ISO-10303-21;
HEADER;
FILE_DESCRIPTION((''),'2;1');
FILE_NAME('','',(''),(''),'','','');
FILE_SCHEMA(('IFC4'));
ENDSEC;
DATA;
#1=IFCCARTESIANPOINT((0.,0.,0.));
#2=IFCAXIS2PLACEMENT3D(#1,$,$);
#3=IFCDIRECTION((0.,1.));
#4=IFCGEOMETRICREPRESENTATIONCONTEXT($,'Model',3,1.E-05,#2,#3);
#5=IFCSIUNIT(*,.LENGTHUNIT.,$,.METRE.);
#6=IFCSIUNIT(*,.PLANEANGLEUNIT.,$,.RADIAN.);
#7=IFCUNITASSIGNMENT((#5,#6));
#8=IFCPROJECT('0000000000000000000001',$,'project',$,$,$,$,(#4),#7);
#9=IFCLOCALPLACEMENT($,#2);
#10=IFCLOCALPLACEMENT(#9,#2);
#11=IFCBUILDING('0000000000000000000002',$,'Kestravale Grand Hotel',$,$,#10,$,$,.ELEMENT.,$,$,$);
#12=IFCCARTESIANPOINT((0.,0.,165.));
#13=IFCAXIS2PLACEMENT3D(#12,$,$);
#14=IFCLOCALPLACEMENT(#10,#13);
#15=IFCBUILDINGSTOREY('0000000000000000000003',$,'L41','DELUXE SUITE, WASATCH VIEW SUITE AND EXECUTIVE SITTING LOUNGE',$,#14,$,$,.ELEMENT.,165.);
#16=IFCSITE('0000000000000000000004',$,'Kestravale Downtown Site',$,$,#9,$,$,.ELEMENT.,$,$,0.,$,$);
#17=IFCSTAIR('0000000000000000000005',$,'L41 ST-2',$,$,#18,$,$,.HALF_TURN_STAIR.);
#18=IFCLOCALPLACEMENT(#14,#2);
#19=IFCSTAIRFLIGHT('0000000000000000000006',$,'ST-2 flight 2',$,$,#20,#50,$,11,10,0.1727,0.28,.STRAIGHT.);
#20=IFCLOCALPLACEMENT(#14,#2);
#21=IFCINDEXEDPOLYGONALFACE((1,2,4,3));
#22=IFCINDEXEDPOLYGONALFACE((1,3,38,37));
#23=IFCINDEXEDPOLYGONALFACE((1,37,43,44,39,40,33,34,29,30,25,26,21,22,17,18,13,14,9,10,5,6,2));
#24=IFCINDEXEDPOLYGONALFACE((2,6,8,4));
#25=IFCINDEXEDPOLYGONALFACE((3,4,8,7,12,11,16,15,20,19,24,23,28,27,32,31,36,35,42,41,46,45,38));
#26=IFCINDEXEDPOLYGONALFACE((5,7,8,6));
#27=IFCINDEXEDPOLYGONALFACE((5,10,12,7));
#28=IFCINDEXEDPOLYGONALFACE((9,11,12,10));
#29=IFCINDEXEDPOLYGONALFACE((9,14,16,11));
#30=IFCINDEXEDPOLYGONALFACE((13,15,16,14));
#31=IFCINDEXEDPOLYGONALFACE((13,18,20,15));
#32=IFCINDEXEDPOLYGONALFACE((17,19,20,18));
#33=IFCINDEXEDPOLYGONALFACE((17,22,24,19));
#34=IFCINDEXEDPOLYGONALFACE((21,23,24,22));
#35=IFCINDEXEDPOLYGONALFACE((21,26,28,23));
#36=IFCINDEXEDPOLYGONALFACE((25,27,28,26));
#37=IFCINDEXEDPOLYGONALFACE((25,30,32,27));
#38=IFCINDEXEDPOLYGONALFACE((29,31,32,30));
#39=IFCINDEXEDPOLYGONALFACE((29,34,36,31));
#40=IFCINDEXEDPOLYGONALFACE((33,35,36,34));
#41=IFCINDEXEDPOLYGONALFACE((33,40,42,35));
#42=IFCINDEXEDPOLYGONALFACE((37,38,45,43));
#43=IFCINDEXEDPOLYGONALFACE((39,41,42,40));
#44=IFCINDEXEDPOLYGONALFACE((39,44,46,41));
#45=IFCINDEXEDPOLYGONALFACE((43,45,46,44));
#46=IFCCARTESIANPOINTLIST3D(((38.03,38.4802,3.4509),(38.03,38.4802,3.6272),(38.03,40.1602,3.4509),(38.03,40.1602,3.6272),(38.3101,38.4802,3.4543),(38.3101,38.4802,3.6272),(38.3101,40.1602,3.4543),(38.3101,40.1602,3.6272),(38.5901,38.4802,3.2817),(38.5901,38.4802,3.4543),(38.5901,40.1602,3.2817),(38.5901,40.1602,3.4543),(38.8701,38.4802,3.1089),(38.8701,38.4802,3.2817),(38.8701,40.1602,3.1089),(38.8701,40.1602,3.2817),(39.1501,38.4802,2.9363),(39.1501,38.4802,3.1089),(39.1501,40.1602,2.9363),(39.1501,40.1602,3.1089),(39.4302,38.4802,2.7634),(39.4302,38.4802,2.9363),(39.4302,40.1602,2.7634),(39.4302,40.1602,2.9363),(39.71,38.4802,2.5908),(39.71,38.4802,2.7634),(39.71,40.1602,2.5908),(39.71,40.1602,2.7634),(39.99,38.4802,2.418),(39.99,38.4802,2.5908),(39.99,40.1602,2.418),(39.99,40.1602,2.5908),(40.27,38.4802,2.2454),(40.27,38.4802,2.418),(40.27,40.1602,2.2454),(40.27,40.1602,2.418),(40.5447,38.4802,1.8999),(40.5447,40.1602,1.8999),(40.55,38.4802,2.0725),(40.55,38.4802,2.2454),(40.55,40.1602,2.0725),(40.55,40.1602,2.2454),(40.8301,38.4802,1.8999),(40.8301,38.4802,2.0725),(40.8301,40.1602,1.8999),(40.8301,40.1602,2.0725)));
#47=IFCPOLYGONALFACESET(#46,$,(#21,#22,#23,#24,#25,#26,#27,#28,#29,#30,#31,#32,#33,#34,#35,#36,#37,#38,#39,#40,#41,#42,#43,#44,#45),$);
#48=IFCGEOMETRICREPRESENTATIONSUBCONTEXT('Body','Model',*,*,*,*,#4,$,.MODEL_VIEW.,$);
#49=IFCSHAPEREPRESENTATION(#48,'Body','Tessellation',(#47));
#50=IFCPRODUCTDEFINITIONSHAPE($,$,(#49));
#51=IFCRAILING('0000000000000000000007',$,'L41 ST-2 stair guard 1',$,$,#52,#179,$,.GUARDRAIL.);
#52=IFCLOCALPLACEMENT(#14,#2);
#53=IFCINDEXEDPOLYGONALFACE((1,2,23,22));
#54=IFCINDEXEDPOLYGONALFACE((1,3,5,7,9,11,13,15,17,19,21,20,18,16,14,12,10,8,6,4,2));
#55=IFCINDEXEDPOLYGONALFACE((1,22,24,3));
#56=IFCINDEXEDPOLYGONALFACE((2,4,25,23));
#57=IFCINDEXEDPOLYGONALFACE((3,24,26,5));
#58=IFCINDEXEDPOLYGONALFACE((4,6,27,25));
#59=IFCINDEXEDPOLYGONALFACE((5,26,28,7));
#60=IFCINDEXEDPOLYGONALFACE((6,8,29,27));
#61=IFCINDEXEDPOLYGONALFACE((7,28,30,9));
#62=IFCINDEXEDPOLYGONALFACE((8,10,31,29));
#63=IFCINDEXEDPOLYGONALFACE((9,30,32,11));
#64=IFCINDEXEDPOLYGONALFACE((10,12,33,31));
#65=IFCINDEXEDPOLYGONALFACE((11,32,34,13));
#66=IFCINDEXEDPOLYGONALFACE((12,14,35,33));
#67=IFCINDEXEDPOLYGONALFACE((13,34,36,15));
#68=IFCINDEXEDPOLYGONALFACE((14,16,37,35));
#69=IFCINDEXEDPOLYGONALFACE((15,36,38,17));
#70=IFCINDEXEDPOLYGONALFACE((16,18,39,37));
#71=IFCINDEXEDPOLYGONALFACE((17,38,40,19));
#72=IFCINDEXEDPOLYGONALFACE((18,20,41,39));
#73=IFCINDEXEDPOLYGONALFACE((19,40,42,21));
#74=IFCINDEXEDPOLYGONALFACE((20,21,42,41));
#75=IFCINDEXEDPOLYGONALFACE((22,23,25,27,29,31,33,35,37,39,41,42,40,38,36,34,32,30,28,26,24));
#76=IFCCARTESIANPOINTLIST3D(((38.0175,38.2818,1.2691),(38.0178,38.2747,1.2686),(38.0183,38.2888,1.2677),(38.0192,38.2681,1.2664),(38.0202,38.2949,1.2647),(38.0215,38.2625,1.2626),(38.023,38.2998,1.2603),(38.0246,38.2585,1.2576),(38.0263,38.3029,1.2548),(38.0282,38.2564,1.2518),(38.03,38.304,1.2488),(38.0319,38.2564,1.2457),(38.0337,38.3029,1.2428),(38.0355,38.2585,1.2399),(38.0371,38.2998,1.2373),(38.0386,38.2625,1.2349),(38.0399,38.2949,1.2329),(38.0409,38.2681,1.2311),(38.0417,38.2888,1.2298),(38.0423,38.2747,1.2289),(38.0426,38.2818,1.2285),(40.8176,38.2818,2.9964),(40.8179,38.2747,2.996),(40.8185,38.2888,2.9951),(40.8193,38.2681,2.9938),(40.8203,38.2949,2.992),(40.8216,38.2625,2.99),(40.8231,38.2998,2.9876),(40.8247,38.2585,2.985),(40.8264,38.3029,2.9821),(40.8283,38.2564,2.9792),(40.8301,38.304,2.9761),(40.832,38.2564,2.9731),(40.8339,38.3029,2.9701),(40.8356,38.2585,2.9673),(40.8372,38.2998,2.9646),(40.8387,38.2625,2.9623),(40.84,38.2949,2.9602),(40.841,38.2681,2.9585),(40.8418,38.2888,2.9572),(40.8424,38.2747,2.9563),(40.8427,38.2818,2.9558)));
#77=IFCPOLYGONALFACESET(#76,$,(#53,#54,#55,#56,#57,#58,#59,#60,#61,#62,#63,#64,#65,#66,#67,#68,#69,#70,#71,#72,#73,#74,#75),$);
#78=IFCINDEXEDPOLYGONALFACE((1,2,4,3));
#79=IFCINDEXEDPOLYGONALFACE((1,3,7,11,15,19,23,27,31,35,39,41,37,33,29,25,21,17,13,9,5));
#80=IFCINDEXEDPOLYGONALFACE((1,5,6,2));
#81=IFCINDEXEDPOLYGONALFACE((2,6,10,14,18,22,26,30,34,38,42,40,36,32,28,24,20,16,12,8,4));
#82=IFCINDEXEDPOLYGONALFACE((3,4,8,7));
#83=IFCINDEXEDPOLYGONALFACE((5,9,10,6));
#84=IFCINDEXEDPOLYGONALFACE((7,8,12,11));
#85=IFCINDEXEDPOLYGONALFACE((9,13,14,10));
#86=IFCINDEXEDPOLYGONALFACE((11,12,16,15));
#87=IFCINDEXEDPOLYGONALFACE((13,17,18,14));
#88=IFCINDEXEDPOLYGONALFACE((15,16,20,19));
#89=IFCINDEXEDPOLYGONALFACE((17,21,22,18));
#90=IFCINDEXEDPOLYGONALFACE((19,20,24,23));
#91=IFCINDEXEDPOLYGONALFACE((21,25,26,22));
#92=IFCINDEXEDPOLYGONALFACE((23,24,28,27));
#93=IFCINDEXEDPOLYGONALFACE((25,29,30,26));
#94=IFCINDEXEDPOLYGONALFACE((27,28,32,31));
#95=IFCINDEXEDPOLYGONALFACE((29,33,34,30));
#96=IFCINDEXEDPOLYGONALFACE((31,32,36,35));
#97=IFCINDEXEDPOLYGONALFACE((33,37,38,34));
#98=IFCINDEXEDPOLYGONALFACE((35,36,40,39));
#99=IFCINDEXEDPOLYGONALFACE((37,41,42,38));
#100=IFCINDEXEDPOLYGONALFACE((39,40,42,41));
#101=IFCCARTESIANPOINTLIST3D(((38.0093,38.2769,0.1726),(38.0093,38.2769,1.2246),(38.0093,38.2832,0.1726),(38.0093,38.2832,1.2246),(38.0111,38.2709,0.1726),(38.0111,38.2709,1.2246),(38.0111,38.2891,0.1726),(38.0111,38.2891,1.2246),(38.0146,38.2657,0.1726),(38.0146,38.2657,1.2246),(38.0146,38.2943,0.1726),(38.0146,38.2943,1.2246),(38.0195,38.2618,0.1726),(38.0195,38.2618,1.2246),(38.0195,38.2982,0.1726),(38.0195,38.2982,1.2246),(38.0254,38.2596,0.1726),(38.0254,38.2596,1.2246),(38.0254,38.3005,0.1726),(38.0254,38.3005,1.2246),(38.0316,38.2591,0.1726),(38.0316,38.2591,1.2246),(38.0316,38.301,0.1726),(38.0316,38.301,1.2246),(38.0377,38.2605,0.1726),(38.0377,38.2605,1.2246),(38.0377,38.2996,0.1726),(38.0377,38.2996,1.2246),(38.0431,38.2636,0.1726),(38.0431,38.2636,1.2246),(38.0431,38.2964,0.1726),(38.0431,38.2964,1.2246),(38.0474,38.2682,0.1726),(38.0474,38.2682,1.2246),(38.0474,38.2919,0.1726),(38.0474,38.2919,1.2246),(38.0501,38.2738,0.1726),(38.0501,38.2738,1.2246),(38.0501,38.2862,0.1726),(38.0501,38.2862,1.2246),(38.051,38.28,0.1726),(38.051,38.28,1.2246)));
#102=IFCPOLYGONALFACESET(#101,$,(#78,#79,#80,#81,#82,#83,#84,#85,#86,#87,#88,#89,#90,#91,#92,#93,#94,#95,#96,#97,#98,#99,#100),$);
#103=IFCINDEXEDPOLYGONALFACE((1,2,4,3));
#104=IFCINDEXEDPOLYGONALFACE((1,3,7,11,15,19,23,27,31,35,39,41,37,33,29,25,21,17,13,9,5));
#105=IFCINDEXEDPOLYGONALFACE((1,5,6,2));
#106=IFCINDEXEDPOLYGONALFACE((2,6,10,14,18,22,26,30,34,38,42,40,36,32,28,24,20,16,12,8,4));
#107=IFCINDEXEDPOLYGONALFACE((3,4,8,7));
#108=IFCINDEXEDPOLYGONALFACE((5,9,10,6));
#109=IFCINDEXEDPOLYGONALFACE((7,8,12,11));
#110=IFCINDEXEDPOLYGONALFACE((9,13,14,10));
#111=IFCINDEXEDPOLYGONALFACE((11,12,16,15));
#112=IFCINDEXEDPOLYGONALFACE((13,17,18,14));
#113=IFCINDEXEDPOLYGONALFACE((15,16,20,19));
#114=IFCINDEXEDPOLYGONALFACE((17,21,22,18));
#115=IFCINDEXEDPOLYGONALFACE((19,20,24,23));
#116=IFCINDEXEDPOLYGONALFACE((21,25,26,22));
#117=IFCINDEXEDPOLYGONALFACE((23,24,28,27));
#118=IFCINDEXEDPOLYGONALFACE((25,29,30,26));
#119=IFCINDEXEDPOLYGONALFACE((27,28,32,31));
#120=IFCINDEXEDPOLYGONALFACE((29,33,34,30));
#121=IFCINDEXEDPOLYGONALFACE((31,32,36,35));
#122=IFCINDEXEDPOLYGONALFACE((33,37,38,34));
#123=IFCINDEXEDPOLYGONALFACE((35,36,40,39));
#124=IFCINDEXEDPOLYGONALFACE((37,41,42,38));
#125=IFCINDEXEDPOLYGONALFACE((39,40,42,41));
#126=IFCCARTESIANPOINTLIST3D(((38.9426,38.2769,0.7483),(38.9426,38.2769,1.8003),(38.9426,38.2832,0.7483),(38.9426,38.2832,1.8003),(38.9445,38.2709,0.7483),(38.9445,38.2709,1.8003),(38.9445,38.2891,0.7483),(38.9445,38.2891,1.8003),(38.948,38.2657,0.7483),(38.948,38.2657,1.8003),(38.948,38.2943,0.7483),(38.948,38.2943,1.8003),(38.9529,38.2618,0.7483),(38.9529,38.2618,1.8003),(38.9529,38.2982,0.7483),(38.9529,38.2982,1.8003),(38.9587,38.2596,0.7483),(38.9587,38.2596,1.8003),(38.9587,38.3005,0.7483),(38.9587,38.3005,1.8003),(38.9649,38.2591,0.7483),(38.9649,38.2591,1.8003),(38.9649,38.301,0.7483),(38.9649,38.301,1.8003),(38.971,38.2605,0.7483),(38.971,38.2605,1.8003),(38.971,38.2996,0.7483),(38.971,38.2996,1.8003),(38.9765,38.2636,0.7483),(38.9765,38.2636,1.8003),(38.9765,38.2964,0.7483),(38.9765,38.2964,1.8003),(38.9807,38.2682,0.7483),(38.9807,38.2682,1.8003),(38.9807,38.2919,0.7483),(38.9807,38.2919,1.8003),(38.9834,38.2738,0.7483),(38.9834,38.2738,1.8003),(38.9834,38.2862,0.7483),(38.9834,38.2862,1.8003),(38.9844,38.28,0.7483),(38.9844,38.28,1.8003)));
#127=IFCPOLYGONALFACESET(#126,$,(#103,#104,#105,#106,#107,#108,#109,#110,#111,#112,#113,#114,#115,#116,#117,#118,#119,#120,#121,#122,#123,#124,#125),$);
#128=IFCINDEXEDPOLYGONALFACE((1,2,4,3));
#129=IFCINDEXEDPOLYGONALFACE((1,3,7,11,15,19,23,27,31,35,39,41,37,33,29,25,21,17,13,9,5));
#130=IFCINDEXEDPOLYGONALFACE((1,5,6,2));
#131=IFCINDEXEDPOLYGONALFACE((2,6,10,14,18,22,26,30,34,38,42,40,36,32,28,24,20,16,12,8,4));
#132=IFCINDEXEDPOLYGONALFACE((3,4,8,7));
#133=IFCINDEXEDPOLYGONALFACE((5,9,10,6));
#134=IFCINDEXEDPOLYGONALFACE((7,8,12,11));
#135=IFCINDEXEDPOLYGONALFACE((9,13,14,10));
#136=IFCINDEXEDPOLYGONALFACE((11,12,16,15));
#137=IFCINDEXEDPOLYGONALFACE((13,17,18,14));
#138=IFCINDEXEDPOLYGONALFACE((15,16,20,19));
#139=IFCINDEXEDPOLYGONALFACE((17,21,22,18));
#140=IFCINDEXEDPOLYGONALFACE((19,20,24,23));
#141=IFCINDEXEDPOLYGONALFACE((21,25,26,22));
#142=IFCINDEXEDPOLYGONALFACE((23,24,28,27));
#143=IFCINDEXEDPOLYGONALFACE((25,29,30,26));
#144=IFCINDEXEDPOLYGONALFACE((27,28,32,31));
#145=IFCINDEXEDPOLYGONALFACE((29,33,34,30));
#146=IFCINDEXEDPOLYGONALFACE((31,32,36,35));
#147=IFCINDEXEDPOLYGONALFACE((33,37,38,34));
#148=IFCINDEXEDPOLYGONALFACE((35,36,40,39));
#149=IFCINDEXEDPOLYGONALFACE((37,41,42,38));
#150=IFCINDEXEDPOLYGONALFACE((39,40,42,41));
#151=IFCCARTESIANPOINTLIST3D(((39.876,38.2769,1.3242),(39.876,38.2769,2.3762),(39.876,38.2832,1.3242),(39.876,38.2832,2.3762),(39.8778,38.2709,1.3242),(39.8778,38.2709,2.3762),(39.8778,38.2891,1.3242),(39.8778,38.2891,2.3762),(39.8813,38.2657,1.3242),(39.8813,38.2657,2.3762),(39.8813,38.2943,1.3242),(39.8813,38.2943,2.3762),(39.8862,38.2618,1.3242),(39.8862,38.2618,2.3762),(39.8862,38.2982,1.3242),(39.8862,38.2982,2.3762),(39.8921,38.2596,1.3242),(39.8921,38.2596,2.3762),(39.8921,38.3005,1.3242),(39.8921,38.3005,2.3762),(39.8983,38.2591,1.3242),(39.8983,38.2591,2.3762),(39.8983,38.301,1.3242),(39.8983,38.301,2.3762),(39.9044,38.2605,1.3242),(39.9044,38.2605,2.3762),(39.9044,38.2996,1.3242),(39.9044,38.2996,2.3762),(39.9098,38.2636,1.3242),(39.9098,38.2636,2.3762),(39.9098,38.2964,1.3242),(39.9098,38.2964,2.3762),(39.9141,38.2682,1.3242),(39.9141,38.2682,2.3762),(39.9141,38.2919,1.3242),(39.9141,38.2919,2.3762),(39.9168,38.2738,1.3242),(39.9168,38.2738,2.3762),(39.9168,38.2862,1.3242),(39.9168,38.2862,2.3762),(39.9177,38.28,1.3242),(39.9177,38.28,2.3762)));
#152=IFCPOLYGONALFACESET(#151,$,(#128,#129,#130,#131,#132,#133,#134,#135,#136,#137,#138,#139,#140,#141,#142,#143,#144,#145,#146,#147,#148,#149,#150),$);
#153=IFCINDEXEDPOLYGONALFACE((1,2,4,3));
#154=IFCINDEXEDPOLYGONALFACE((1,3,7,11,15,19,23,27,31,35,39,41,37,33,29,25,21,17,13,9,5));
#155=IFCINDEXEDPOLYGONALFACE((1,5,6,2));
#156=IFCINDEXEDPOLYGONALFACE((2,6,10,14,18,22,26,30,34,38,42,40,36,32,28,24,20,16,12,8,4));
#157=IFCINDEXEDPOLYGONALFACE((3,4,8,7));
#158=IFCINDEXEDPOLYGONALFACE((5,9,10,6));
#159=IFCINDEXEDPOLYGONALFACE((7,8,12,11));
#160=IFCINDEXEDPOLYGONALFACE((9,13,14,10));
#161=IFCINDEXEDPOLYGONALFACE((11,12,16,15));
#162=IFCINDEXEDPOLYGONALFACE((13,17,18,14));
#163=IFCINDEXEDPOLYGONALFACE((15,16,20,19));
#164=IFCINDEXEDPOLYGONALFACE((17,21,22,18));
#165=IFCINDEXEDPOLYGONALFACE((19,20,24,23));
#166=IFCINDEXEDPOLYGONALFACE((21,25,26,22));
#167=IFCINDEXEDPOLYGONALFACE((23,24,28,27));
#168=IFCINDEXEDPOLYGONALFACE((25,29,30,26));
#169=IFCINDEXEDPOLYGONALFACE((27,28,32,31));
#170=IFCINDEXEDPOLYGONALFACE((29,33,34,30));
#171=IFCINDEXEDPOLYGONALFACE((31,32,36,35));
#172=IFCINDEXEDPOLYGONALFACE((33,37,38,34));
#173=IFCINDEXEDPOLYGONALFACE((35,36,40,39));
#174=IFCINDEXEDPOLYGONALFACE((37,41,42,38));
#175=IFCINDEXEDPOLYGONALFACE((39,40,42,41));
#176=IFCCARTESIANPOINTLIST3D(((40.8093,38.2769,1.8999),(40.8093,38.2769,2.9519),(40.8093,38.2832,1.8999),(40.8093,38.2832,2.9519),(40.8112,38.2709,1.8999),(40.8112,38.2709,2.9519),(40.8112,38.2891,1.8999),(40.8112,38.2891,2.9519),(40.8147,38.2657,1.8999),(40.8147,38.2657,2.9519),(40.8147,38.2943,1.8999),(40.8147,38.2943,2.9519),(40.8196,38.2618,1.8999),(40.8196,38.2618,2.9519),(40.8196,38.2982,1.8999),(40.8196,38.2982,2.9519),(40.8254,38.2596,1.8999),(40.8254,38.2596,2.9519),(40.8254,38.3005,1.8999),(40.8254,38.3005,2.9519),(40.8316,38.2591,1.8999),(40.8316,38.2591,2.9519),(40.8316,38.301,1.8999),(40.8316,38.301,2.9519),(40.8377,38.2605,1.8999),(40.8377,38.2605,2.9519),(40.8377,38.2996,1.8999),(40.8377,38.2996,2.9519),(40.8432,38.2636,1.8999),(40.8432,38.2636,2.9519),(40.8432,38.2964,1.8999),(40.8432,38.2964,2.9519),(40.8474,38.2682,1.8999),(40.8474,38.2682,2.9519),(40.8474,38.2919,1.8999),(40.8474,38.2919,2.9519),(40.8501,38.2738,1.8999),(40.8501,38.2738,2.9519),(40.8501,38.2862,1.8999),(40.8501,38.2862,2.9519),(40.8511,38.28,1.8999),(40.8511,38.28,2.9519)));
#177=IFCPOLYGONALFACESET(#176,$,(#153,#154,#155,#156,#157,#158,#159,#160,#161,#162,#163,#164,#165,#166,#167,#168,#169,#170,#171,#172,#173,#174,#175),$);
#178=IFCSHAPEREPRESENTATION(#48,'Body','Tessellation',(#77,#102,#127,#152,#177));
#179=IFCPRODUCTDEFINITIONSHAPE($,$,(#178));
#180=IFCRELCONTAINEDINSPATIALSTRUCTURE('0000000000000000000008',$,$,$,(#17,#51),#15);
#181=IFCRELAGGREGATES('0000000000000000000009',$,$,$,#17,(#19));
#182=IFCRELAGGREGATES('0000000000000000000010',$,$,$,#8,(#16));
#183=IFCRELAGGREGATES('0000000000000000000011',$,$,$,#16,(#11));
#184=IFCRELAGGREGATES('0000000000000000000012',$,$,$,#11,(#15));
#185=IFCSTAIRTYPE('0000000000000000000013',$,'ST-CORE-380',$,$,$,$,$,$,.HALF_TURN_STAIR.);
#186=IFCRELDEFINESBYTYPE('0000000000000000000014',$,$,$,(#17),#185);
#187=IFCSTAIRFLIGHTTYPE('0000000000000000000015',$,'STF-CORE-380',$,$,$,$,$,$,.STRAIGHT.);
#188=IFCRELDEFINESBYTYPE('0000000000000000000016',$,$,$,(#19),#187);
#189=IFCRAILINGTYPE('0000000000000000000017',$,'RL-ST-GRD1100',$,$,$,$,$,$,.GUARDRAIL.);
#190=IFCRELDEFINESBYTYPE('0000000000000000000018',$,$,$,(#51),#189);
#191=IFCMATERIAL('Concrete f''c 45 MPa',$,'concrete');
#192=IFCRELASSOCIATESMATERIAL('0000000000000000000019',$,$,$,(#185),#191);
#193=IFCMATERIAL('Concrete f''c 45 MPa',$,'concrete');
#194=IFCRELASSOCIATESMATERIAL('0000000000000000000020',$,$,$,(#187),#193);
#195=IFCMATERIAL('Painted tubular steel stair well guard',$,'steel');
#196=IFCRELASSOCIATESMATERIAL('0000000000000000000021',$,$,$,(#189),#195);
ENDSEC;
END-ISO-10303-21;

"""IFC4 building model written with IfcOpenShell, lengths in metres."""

from ifc_helpers import new_model, si_unit, direction, frame, origin, origin_2d, place, context, subcontext, project, spatial, polyline, circle, outline, extrude, material, type_object, element, aggregate, save


model = new_model("IFC4")

# Units and contexts
model_context = context("Model", 3, precision=1e-05, world=origin(), true_north=direction((0.0, 1.0)))
body_context = subcontext(model_context, "Body", "Model", "MODEL_VIEW")
ifc_project = project(units=[si_unit("LENGTHUNIT", "METRE"), si_unit("PLANEANGLEUNIT", "RADIAN")], contexts=[model_context])

# Site, building, storey
site_placement = place(None, origin())
site = spatial("IfcSite", under=ifc_project, at=site_placement, Name="Kestravale Downtown Site", CompositionType="ELEMENT", RefElevation=0.0)
building_placement = place(site_placement, origin())
building = spatial("IfcBuilding", under=site, at=building_placement, Name="Kestravale Grand Hotel", CompositionType="ELEMENT")
storey_placement = place(building_placement, frame((0.0, 0.0, 165.0)))
storey = spatial("IfcBuildingStorey", under=building, at=storey_placement, Name="L41", Description="DELUXE SUITE, WASATCH VIEW SUITE AND EXECUTIVE SITTING LOUNGE", CompositionType="ELEMENT", Elevation=165.0)

# Stair, stair flight
ifc_material_1 = material(Name="Concrete f'c 45 MPa", Category="concrete")
stair_type = type_object("IfcStairType", Name="ST-CORE-380", PredefinedType="HALF_TURN_STAIR", material=ifc_material_1)
stair_placement = place(storey_placement, origin())
stair = element("IfcStair", 1, at=stair_placement, inside=storey, type_object=stair_type, Name="L41 ST-2", PredefinedType="HALF_TURN_STAIR")
ifc_material_2 = material(Name="Concrete f'c 45 MPa", Category="concrete")
stair_flight_type = type_object("IfcStairFlightType", Name="STF-CORE-380", PredefinedType="STRAIGHT", material=ifc_material_2)
stair_flight_1_placement = place(storey_placement, frame((40.8301, 39.3201, 1.8999), z_axis=(0.0, 0.0, 1.0), x_axis=(-1.0, 0.0, 0.0)))
stair_flight_1 = element("IfcStairFlight", 2, at=stair_flight_1_placement, type_object=stair_flight_type, Name="ST-2 flight 2", NumberOfRisers=11, NumberOfTreads=10, PredefinedType="STRAIGHT", RiserHeight=0.1727, TreadLength=0.28, context=body_context, shape_type="SweptSolid", body=[
    extrude(outline(polyline([(0.0, 0.0), (0.0, 0.1726), (0.28, 0.1726), (0.28, 0.3455), (0.5601, 0.3455), (0.5601, 0.5181), (0.8401, 0.5181), (0.8401, 0.6909), (1.1201, 0.6909), (1.1201, 0.8635), (1.3999, 0.8635), (1.3999, 1.0364), (1.6799, 1.0364), (1.6799, 1.209), (1.96, 1.209), (1.96, 1.3818), (2.24, 1.3818), (2.24, 1.5544), (2.52, 1.5544), (2.52, 1.7273), (2.8, 1.7273), (2.8, 1.8999), (2.8, 1.551), (0.2854, 0.0), (0.0, 0.0)])), frame((0.0, 0.8398, 0.0), z_axis=(0.0, -1.0, 0.0), x_axis=(1.0, 0.0, 0.0)), (0.0, 0.0, 1.0), 1.6799),
])
aggregate(stair, [stair_flight_1])

# Railing
ifc_material_3 = material(Name="Painted tubular steel stair well guard", Category="steel")
railing_type_1 = type_object("IfcRailingType", Name="RL-ST-GRD1100", PredefinedType="GUARDRAIL", material=ifc_material_3)
railing_1_placement = place(storey_placement, frame((38.03, 38.28, 0.1726)))
element("IfcRailing", 3, at=railing_1_placement, inside=storey, type_object=railing_type_1, Name="L41 ST-2 stair guard 1", PredefinedType="GUARDRAIL", context=body_context, shape_type="SweptSolid", body=[
    extrude(circle(Radius=0.0239, at=origin_2d()), frame((0.0, 0.0, 1.0762), z_axis=(0.85109, 0.0, 0.52502), x_axis=(0.0, 1.0, 0.0)), (0.0, 0.0, 1.0), 3.29),
    extrude(circle(Radius=0.021, at=origin_2d()), origin(), (0.0, 0.0, 1.0), 1.052),
    extrude(circle(Radius=0.021, at=origin_2d()), frame((0.9333, 0.0, 0.5757)), (0.0, 0.0, 1.0), 1.052),
    extrude(circle(Radius=0.021, at=origin_2d()), frame((1.8667, 0.0, 1.1516)), (0.0, 0.0, 1.0), 1.052),
    extrude(circle(Radius=0.021, at=origin_2d()), frame((2.8, 0.0, 1.7273)), (0.0, 0.0, 1.0), 1.052),
])

save(model, "model.ifc")
